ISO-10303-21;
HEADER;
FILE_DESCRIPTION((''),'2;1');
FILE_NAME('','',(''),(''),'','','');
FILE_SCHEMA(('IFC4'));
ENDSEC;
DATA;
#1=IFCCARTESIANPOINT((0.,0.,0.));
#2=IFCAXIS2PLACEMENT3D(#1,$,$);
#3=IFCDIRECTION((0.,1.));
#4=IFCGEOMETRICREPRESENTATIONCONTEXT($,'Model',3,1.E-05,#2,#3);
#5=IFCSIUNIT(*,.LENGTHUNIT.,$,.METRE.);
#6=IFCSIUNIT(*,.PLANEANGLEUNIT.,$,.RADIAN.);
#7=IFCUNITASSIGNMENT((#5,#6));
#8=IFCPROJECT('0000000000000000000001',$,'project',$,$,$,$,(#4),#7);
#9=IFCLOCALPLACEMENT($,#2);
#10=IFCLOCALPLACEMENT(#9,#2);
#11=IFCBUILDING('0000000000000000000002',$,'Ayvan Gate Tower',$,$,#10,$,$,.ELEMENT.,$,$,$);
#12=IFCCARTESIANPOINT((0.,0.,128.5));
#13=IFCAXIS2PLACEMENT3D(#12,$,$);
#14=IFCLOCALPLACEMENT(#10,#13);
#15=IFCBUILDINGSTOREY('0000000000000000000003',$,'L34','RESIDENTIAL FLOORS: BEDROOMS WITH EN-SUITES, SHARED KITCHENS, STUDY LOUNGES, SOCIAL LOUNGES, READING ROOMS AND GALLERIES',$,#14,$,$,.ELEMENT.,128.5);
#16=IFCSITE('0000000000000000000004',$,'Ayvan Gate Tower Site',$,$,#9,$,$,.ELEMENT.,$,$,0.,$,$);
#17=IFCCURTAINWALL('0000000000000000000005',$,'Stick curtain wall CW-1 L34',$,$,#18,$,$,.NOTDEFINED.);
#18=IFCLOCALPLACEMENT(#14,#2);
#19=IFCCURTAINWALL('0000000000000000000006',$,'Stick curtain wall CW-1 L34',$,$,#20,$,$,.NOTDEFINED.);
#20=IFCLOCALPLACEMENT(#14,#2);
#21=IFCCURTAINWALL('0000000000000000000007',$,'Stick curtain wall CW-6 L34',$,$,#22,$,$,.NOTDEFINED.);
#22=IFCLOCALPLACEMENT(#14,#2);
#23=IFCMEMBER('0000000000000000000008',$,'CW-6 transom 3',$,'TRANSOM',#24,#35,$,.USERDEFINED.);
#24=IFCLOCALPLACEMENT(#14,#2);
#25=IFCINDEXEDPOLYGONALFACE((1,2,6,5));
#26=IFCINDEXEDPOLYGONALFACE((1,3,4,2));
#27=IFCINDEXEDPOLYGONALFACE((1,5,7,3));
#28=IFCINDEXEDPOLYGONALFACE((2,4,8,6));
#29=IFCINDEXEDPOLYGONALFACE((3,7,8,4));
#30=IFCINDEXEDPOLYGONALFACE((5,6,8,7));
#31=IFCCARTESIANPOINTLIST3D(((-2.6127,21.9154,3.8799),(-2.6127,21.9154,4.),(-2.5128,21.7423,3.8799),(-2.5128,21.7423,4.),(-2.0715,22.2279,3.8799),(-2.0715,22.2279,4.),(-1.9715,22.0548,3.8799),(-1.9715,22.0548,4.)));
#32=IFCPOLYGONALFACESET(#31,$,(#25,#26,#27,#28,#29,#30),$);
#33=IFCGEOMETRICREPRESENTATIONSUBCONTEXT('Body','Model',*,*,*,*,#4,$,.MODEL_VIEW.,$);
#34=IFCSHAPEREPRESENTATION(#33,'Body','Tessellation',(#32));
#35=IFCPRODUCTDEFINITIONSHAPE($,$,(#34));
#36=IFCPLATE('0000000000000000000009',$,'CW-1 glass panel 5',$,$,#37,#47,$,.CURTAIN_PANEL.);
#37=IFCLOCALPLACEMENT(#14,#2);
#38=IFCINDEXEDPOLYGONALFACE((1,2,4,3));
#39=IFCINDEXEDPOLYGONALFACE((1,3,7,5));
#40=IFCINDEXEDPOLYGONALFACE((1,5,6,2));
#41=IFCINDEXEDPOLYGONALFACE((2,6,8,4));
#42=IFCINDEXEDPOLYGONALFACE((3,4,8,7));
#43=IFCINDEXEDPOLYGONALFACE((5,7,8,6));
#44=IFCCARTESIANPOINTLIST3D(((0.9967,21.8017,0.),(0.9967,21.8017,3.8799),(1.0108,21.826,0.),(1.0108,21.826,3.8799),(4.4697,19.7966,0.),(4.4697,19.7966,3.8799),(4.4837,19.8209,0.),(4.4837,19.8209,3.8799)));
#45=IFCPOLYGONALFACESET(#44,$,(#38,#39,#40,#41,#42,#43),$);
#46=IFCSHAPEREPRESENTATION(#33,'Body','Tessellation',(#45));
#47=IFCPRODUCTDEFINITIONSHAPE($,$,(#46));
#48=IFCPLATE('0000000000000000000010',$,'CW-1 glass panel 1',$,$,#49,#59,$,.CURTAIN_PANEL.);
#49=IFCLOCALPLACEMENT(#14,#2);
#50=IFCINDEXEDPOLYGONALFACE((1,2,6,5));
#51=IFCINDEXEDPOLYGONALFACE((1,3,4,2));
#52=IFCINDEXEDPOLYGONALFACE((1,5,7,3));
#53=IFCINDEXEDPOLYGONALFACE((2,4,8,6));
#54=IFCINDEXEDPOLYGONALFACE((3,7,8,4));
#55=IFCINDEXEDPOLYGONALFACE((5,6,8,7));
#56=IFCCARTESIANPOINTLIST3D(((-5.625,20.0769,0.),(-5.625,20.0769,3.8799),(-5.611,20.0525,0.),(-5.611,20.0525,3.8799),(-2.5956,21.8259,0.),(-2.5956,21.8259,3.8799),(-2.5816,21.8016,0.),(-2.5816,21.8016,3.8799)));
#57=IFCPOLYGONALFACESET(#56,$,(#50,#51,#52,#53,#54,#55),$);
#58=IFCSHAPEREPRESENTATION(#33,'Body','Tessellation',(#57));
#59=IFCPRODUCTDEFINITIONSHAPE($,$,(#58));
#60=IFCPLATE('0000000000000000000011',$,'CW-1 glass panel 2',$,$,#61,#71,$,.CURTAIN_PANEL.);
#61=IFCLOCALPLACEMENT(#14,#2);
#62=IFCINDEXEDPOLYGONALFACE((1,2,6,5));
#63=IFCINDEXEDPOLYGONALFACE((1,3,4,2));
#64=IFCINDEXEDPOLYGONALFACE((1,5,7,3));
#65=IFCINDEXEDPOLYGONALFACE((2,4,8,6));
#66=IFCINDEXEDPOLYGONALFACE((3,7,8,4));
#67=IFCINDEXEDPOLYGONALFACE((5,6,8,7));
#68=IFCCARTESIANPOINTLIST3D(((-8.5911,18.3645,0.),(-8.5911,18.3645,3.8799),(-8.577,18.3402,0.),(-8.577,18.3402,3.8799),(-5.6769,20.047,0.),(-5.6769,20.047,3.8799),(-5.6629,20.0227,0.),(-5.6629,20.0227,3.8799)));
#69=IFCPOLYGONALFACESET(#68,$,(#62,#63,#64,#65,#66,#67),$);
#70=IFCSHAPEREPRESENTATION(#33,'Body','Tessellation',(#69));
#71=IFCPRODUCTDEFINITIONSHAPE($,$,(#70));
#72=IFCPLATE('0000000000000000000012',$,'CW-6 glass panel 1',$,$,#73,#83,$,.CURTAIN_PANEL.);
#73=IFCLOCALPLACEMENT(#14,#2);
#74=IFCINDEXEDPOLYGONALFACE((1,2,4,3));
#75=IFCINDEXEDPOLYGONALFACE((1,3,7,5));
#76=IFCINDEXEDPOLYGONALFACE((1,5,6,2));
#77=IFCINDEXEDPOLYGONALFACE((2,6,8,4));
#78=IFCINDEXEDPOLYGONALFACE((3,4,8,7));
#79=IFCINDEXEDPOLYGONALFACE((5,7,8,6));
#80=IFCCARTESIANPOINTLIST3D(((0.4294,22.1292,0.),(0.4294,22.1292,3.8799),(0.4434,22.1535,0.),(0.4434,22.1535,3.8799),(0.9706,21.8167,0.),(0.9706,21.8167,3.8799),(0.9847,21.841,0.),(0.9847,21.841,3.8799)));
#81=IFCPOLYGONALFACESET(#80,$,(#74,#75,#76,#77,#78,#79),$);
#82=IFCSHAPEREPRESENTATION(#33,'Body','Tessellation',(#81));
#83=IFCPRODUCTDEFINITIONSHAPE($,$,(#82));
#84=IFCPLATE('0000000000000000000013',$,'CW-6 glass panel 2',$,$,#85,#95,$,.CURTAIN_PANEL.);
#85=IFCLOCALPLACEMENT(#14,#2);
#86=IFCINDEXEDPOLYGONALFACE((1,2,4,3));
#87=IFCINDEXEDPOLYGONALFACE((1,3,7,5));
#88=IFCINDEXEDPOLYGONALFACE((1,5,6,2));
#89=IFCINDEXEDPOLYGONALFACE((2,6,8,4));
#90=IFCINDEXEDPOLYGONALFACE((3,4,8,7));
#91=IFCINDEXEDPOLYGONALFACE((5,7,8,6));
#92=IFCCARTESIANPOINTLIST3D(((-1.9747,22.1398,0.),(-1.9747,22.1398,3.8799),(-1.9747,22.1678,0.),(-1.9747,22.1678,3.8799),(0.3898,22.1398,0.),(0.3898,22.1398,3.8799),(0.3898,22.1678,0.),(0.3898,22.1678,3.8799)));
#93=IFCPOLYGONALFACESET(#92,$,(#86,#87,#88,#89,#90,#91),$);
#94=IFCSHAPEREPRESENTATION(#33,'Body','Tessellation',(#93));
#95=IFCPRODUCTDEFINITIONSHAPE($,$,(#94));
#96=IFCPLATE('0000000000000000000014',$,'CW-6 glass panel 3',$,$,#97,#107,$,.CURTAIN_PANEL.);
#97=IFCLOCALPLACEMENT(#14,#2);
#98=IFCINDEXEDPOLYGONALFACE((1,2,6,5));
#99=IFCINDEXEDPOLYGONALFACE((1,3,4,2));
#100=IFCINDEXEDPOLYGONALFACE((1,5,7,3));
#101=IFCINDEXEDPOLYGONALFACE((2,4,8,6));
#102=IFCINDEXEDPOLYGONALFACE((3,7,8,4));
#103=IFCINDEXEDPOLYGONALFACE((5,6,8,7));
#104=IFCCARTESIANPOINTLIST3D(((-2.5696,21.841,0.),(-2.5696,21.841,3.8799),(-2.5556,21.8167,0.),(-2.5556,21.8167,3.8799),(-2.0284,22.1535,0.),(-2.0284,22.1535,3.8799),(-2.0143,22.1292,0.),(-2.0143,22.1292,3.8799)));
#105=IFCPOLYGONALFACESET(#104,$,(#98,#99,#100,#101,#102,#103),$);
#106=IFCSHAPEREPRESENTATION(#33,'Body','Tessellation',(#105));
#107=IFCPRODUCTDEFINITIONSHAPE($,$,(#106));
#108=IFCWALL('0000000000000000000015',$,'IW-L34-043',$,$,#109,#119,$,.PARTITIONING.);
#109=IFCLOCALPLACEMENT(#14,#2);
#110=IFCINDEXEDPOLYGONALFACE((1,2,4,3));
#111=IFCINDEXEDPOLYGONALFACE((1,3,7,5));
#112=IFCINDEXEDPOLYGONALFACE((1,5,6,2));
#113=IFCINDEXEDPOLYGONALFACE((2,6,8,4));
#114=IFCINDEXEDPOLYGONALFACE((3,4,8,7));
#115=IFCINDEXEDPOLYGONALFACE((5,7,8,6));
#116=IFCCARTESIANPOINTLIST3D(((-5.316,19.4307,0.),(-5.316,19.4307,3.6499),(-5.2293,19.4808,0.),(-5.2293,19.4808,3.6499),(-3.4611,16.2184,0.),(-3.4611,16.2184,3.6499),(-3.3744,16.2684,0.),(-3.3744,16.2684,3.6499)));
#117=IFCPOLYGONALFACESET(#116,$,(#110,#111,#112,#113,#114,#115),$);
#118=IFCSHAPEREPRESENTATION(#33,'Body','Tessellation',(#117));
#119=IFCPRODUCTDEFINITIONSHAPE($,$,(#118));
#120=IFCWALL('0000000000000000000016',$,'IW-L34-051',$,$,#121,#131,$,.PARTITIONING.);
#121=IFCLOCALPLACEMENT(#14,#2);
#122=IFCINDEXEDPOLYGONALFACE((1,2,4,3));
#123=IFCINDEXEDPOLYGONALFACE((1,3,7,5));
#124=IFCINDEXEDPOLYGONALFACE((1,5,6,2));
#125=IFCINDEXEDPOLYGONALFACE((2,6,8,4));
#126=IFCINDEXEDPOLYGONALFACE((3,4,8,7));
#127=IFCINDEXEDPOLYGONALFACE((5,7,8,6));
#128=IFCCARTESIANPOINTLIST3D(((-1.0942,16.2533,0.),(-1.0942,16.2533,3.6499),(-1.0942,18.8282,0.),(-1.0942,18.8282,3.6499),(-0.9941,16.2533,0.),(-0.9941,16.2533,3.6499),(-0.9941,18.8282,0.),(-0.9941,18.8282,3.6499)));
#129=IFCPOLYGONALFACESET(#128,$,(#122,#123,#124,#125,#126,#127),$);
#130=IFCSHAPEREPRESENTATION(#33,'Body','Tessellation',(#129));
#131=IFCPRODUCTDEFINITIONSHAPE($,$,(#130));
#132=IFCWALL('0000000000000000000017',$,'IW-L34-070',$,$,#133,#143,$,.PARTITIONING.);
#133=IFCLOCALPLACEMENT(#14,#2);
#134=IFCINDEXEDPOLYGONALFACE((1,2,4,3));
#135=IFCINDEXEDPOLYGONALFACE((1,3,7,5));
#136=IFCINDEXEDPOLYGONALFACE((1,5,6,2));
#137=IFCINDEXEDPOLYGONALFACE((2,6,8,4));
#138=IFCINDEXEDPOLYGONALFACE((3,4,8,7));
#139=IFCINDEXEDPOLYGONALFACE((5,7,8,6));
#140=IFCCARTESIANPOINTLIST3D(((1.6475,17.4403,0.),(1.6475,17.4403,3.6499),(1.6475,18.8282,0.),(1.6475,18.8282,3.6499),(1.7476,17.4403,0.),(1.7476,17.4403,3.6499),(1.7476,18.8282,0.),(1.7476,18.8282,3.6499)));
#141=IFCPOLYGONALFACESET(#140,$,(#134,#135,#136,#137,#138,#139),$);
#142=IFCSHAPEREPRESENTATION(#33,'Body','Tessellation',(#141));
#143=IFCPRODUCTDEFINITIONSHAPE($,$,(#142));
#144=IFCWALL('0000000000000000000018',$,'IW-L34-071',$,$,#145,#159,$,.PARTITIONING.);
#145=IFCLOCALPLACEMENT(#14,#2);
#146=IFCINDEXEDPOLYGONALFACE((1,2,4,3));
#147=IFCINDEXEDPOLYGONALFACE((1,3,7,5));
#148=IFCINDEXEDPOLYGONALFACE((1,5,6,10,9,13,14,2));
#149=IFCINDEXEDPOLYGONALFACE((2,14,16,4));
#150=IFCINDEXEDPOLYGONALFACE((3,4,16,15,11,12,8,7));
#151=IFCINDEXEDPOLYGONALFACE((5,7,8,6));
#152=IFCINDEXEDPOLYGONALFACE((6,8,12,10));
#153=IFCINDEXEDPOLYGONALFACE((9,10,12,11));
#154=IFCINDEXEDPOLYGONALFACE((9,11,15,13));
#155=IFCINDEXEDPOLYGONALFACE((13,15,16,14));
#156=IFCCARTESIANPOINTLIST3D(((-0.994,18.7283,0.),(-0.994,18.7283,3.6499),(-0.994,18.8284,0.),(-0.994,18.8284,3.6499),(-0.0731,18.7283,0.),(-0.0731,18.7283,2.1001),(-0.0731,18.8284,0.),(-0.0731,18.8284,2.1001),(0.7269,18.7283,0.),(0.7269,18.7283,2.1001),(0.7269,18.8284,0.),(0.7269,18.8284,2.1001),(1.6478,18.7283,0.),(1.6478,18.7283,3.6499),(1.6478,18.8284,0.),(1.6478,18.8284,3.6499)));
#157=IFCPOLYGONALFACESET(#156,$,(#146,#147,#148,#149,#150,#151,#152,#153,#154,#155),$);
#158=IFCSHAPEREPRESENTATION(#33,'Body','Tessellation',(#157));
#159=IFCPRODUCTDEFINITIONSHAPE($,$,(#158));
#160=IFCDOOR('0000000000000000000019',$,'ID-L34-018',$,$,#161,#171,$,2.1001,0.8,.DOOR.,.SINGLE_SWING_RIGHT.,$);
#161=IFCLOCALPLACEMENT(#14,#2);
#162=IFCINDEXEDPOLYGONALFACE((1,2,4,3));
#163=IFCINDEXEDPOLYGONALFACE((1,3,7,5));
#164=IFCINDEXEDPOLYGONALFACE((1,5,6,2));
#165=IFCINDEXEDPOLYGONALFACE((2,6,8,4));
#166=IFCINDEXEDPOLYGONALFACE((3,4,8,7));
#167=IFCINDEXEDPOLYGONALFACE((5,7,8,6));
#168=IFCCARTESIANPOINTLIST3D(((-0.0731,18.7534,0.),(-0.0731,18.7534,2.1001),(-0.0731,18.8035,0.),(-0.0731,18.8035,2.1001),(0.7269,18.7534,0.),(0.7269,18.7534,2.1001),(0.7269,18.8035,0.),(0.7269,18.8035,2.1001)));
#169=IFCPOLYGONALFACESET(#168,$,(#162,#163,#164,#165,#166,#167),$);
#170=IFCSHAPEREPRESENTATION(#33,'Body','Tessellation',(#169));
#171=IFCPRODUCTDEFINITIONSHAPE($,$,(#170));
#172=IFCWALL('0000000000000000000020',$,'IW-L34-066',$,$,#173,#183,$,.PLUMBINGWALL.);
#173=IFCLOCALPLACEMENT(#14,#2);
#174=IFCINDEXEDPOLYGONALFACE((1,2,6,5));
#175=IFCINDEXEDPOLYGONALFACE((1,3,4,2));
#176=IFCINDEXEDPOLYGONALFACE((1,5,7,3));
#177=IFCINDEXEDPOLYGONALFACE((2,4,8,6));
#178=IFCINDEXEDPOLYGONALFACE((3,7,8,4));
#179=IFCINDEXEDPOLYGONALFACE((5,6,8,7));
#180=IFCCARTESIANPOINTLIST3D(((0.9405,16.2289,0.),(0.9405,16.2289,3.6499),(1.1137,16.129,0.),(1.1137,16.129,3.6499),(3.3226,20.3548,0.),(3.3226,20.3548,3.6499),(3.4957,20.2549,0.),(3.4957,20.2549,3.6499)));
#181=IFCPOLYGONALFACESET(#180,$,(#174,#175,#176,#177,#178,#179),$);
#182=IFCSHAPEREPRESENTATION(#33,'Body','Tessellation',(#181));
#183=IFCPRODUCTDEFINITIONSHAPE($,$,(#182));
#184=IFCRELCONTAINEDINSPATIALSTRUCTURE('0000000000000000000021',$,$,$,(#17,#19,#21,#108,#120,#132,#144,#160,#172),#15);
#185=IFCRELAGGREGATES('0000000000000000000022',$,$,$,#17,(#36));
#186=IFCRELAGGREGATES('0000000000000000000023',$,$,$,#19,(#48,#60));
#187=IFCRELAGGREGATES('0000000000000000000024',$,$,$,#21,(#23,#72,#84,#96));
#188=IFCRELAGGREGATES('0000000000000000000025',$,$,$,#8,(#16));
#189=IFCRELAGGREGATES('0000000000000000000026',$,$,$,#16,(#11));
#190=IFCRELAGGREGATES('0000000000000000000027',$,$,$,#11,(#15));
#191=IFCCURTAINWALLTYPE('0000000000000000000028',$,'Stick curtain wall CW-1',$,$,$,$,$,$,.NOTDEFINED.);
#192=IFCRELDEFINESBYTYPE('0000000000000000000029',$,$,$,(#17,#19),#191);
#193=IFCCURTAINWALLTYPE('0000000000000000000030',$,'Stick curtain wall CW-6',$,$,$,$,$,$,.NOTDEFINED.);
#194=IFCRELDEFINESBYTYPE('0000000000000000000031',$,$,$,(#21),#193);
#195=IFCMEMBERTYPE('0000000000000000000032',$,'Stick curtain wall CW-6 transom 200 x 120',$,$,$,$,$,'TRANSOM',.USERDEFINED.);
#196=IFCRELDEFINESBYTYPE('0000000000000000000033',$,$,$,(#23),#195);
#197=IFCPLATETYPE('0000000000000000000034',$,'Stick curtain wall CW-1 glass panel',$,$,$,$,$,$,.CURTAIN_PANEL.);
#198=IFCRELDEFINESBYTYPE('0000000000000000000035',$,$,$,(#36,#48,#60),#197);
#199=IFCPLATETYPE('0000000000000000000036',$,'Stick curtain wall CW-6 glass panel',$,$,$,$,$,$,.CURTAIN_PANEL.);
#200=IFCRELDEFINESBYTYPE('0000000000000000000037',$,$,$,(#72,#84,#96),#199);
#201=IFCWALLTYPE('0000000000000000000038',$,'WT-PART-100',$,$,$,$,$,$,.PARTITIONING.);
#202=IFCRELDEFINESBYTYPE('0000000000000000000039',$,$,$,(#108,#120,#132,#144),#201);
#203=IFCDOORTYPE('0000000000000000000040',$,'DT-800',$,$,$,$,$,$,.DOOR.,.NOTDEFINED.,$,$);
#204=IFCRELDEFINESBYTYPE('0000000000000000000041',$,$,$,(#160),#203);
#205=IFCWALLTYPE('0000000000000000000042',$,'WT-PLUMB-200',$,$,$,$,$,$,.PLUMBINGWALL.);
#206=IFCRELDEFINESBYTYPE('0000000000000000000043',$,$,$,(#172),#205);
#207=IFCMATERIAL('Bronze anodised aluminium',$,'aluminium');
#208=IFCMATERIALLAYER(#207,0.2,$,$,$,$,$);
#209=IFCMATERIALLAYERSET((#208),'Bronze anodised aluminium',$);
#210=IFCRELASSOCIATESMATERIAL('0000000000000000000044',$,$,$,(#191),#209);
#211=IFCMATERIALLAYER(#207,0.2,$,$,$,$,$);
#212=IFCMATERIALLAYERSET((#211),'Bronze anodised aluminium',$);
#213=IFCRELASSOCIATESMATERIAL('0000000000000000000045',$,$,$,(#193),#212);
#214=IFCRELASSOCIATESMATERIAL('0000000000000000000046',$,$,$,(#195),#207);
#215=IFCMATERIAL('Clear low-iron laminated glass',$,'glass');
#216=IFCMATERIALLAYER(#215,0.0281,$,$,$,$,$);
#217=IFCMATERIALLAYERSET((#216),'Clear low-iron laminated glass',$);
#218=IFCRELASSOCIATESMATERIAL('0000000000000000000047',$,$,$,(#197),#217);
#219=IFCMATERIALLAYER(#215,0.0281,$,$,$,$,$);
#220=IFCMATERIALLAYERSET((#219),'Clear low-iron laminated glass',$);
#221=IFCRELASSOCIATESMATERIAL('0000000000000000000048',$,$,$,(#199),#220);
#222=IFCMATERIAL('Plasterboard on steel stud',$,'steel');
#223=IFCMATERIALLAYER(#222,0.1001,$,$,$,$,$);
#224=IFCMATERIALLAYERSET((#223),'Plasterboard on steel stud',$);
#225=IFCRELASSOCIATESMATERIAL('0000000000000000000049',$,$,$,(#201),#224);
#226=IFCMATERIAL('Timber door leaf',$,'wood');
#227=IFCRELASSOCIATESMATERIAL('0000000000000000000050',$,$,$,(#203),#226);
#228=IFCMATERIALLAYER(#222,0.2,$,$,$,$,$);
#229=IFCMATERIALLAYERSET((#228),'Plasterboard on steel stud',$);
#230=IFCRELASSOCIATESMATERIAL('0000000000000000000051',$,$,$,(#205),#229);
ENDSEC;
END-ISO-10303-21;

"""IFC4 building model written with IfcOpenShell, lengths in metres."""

from ifc_helpers import new_model, si_unit, direction, frame, frame_2d, origin, origin_2d, place, context, subcontext, project, spatial, rectangle, extrude, material, layer, layer_set, material_profile, profile_set, type_object, element, fill, aggregate, save


model = new_model("IFC4")

# Units and contexts
model_context = context("Model", 3, precision=1e-05, world=origin(), true_north=direction((0.0, 1.0)))
body_context = subcontext(model_context, "Body", "Model", "MODEL_VIEW")
ifc_project = project(units=[si_unit("LENGTHUNIT", "METRE"), si_unit("PLANEANGLEUNIT", "RADIAN")], contexts=[model_context])

# Site, building, storey
site_placement = place(None, origin())
site = spatial("IfcSite", under=ifc_project, at=site_placement, Name="Ayvan Gate Tower Site", CompositionType="ELEMENT", RefElevation=0.0)
building_placement = place(site_placement, origin())
building = spatial("IfcBuilding", under=site, at=building_placement, Name="Ayvan Gate Tower", CompositionType="ELEMENT")
storey_placement = place(building_placement, frame((0.0, 0.0, 128.5)))
storey = spatial("IfcBuildingStorey", under=building, at=storey_placement, Name="L34", Description="RESIDENTIAL FLOORS: BEDROOMS WITH EN-SUITES, SHARED KITCHENS, STUDY LOUNGES, SOCIAL LOUNGES, READING ROOMS AND GALLERIES", CompositionType="ELEMENT", Elevation=128.5)

# Curtain wall
ifc_material_1 = material(Name="Bronze anodised aluminium", Category="aluminium")
ifc_layer_1 = layer(ifc_material_1, 0.2)
ifc_layer_set_1 = layer_set([ifc_layer_1], Name="Bronze anodised aluminium")
curtain_wall_type_1 = type_object("IfcCurtainWallType", Name="Stick curtain wall CW-1", PredefinedType="NOTDEFINED", material=ifc_layer_set_1)
curtain_wall_1_placement = place(storey_placement, origin())
curtain_wall_1 = element("IfcCurtainWall", 1, at=curtain_wall_1_placement, inside=storey, type_object=curtain_wall_type_1, Name="Stick curtain wall CW-1 L34", PredefinedType="NOTDEFINED")

# Curtain walls, member
curtain_wall_2_placement = place(storey_placement, origin())
curtain_wall_2 = element("IfcCurtainWall", 2, at=curtain_wall_2_placement, inside=storey, type_object=curtain_wall_type_1, Name="Stick curtain wall CW-1 L34", PredefinedType="NOTDEFINED")
ifc_layer_2 = layer(ifc_material_1, 0.2)
ifc_layer_set_2 = layer_set([ifc_layer_2], Name="Bronze anodised aluminium")
curtain_wall_type_2 = type_object("IfcCurtainWallType", Name="Stick curtain wall CW-6", PredefinedType="NOTDEFINED", material=ifc_layer_set_2)
curtain_wall_3_placement = place(storey_placement, origin())
curtain_wall_3 = element("IfcCurtainWall", 3, at=curtain_wall_3_placement, inside=storey, type_object=curtain_wall_type_2, Name="Stick curtain wall CW-6 L34", PredefinedType="NOTDEFINED")
ifc_material_profile_1 = material_profile(ifc_material_1, rectangle(XDim=0.2, YDim=0.1201, at=origin_2d()), Name="Stick curtain wall CW-6 transom 200 x 120")
ifc_profile_set_1 = profile_set([ifc_material_profile_1], Name="Bronze anodised aluminium")
member_type_1 = type_object("IfcMemberType", Name="Stick curtain wall CW-6 transom 200 x 120", ElementType="TRANSOM", PredefinedType="USERDEFINED", material=ifc_profile_set_1)
member_1_placement = place(storey_placement, frame((-2.0215, 22.1414, 3.9399), z_axis=(-0.866023, -0.500004, 0.0), x_axis=(0.500004, -0.866023, 0.0)))
member_1 = element("IfcMember", 4, at=member_1_placement, type_object=member_type_1, Name="CW-6 transom 3", ObjectType="TRANSOM", PredefinedType="USERDEFINED", context=body_context, shape_type="SweptSolid", body=[
    extrude(rectangle(XDim=0.2, YDim=0.1201, at=origin_2d()), origin(), (0.0, 0.0, 1.0), 0.625),
])

# Plates
ifc_material_2 = material(Name="Clear low-iron laminated glass", Category="glass")
ifc_layer_3 = layer(ifc_material_2, 0.0281)
ifc_layer_set_3 = layer_set([ifc_layer_3], Name="Clear low-iron laminated glass")
plate_type_1 = type_object("IfcPlateType", Name="Stick curtain wall CW-1 glass panel", PredefinedType="CURTAIN_PANEL", material=ifc_layer_set_3)
plate_1_placement = place(storey_placement, frame((2.7402, 20.8113, 0.0), z_axis=(0.0, 0.0, 1.0), x_axis=(-0.866025, 0.5, 0.0)))
plate_1 = element("IfcPlate", 5, at=plate_1_placement, type_object=plate_type_1, Name="CW-1 glass panel 5", PredefinedType="CURTAIN_PANEL", context=body_context, shape_type="SweptSolid", body=[
    extrude(rectangle(XDim=4.0103, YDim=0.0281, at=origin_2d()), origin(), (0.0, 0.0, 1.0), 3.8799),
])
aggregate(curtain_wall_1, [plate_1])
plate_2_placement = place(storey_placement, frame((-4.1033, 20.9392, 0.0), z_axis=(0.0, 0.0, 1.0), x_axis=(-0.866025, -0.5, 0.0)))
plate_2 = element("IfcPlate", 6, at=plate_2_placement, type_object=plate_type_1, Name="CW-1 glass panel 1", PredefinedType="CURTAIN_PANEL", context=body_context, shape_type="SweptSolid", body=[
    extrude(rectangle(XDim=3.498, YDim=0.0281, at=origin_2d()), origin(), (0.0, 0.0, 1.0), 3.8799),
])
plate_3_placement = place(storey_placement, frame((-7.127, 19.1936, 0.0), z_axis=(0.0, 0.0, 1.0), x_axis=(-0.866025, -0.5, 0.0)))
plate_3 = element("IfcPlate", 7, at=plate_3_placement, type_object=plate_type_1, Name="CW-1 glass panel 2", PredefinedType="CURTAIN_PANEL", context=body_context, shape_type="SweptSolid", body=[
    extrude(rectangle(XDim=3.365, YDim=0.0281, at=origin_2d()), origin(), (0.0, 0.0, 1.0), 3.8799),
])
aggregate(curtain_wall_2, [plate_2, plate_3])
ifc_layer_4 = layer(ifc_material_2, 0.0281)
ifc_layer_set_4 = layer_set([ifc_layer_4], Name="Clear low-iron laminated glass")
plate_type_2 = type_object("IfcPlateType", Name="Stick curtain wall CW-6 glass panel", PredefinedType="CURTAIN_PANEL", material=ifc_layer_set_4)
plate_4_placement = place(storey_placement, frame((0.707, 21.9851, 0.0), z_axis=(0.0, 0.0, 1.0), x_axis=(-0.866025, 0.5, 0.0)))
plate_4 = element("IfcPlate", 8, at=plate_4_placement, type_object=plate_type_2, Name="CW-6 glass panel 1", PredefinedType="CURTAIN_PANEL", context=body_context, shape_type="SweptSolid", body=[
    extrude(rectangle(XDim=0.625, YDim=0.0281, at=origin_2d()), origin(), (0.0, 0.0, 1.0), 3.8799),
])
plate_5_placement = place(storey_placement, frame((-0.7925, 22.1538, 0.0), z_axis=(0.0, 0.0, 1.0), x_axis=(-1.0, 0.0, 0.0)))
plate_5 = element("IfcPlate", 9, at=plate_5_placement, type_object=plate_type_2, Name="CW-6 glass panel 2", PredefinedType="CURTAIN_PANEL", context=body_context, shape_type="SweptSolid", body=[
    extrude(rectangle(XDim=2.3645, YDim=0.0281, at=origin_2d()), origin(), (0.0, 0.0, 1.0), 3.8799),
])
plate_6_placement = place(storey_placement, frame((-2.292, 21.9851, 0.0), z_axis=(0.0, 0.0, 1.0), x_axis=(-0.866025, -0.5, 0.0)))
plate_6 = element("IfcPlate", 10, at=plate_6_placement, type_object=plate_type_2, Name="CW-6 glass panel 3", PredefinedType="CURTAIN_PANEL", context=body_context, shape_type="SweptSolid", body=[
    extrude(rectangle(XDim=0.625, YDim=0.0281, at=origin_2d()), origin(), (0.0, 0.0, 1.0), 3.8799),
])
aggregate(curtain_wall_3, [member_1, plate_4, plate_5, plate_6])

# Walls
ifc_material_3 = material(Name="Plasterboard on steel stud", Category="steel")
ifc_layer_5 = layer(ifc_material_3, 0.1001)
ifc_layer_set_5 = layer_set([ifc_layer_5], Name="Plasterboard on steel stud")
wall_type_1 = type_object("IfcWallType", Name="WT-PART-100", PredefinedType="PARTITIONING", material=ifc_layer_set_5)
wall_1_placement = place(storey_placement, frame((-3.4177, 16.2434, 0.0), z_axis=(0.0, 0.0, 1.0), x_axis=(-0.50006, 0.86599, 0.0)))
element("IfcWall", 11, at=wall_1_placement, inside=storey, type_object=wall_type_1, Name="IW-L34-043", PredefinedType="PARTITIONING", context=body_context, shape_type="SweptSolid", body=[
    extrude(rectangle(XDim=3.7095, YDim=0.1001, at=frame_2d((1.8547, 0.0))), origin(), (0.0, 0.0, 1.0), 3.6499),
])
wall_2_placement = place(storey_placement, frame((-1.0442, 18.8284, 0.0), z_axis=(0.0, 0.0, 1.0), x_axis=(0.0, -1.0, 0.0)))
element("IfcWall", 12, at=wall_2_placement, inside=storey, type_object=wall_type_1, Name="IW-L34-051", PredefinedType="PARTITIONING", context=body_context, shape_type="SweptSolid", body=[
    extrude(rectangle(XDim=2.575, YDim=0.1001, at=frame_2d((1.2876, 0.0))), origin(), (0.0, 0.0, 1.0), 3.6499),
])
wall_3_placement = place(storey_placement, frame((1.6975, 17.4404, 0.0), z_axis=(0.0, 0.0, 1.0), x_axis=(0.0, 1.0, 0.0)))
element("IfcWall", 13, at=wall_3_placement, inside=storey, type_object=wall_type_1, Name="IW-L34-070", PredefinedType="PARTITIONING", context=body_context, shape_type="SweptSolid", body=[
    extrude(rectangle(XDim=1.3879, YDim=0.1001, at=frame_2d((0.6938, 0.0))), origin(), (0.0, 0.0, 1.0), 3.6499),
])

# Wall, opening, door
wall_4_placement = place(storey_placement, frame((1.6477, 18.7783, 0.0), z_axis=(0.0, 0.0, 1.0), x_axis=(-1.0, 0.0, 0.0)))
wall_4 = element("IfcWall", 14, at=wall_4_placement, inside=storey, type_object=wall_type_1, Name="IW-L34-071", PredefinedType="PARTITIONING", context=body_context, shape_type="SweptSolid", body=[
    extrude(rectangle(XDim=2.6418, YDim=0.1001, at=frame_2d((1.3208, 0.0))), origin(), (0.0, 0.0, 1.0), 3.6499),
])
opening_placement = place(wall_4_placement, frame((0.9209, 0.0, 0.0)))
opening = element("IfcOpeningElement", 15, at=opening_placement, cuts=wall_4, PredefinedType="OPENING", context=body_context, shape_type="SweptSolid", body=[
    extrude(rectangle(XDim=0.8, YDim=2.1001, at=frame_2d((0.3999, 1.05))), frame((0.0, 0.0601, 0.0), z_axis=(0.0, -1.0, 0.0), x_axis=(1.0, 0.0, 0.0)), (0.0, 0.0, 1.0), 0.1201),
])
ifc_material_4 = material(Name="Timber door leaf", Category="wood")
door_type = type_object("IfcDoorType", Name="DT-800", OperationType="NOTDEFINED", PredefinedType="DOOR", material=ifc_material_4)
door_placement = place(opening_placement, origin())
door = element("IfcDoor", 16, at=door_placement, inside=storey, type_object=door_type, Name="ID-L34-018", OperationType="SINGLE_SWING_RIGHT", OverallHeight=2.1001, OverallWidth=0.8, PredefinedType="DOOR", context=body_context, shape_type="SweptSolid", body=[
    extrude(rectangle(XDim=0.8, YDim=2.1001, at=frame_2d((0.3999, 1.05))), frame((0.0, 0.0249, 0.0), z_axis=(0.0, -1.0, 0.0), x_axis=(1.0, 0.0, 0.0)), (0.0, 0.0, 1.0), 0.05),
])
fill(opening, door)

# Wall
ifc_layer_6 = layer(ifc_material_3, 0.2)
ifc_layer_set_6 = layer_set([ifc_layer_6], Name="Plasterboard on steel stud")
wall_type_2 = type_object("IfcWallType", Name="WT-PLUMB-200", PredefinedType="PLUMBINGWALL", material=ifc_layer_set_6)
wall_5_placement = place(storey_placement, frame((1.0271, 16.179, 0.0), z_axis=(0.0, 0.0, 1.0), x_axis=(0.499992, 0.86603, 0.0)))
element("IfcWall", 17, at=wall_5_placement, inside=storey, type_object=wall_type_2, Name="IW-L34-066", PredefinedType="PLUMBINGWALL", context=body_context, shape_type="SweptSolid", body=[
    extrude(rectangle(XDim=4.7642, YDim=0.2, at=frame_2d((2.3821, 0.0))), origin(), (0.0, 0.0, 1.0), 3.6499),
])

save(model, "model.ifc")
